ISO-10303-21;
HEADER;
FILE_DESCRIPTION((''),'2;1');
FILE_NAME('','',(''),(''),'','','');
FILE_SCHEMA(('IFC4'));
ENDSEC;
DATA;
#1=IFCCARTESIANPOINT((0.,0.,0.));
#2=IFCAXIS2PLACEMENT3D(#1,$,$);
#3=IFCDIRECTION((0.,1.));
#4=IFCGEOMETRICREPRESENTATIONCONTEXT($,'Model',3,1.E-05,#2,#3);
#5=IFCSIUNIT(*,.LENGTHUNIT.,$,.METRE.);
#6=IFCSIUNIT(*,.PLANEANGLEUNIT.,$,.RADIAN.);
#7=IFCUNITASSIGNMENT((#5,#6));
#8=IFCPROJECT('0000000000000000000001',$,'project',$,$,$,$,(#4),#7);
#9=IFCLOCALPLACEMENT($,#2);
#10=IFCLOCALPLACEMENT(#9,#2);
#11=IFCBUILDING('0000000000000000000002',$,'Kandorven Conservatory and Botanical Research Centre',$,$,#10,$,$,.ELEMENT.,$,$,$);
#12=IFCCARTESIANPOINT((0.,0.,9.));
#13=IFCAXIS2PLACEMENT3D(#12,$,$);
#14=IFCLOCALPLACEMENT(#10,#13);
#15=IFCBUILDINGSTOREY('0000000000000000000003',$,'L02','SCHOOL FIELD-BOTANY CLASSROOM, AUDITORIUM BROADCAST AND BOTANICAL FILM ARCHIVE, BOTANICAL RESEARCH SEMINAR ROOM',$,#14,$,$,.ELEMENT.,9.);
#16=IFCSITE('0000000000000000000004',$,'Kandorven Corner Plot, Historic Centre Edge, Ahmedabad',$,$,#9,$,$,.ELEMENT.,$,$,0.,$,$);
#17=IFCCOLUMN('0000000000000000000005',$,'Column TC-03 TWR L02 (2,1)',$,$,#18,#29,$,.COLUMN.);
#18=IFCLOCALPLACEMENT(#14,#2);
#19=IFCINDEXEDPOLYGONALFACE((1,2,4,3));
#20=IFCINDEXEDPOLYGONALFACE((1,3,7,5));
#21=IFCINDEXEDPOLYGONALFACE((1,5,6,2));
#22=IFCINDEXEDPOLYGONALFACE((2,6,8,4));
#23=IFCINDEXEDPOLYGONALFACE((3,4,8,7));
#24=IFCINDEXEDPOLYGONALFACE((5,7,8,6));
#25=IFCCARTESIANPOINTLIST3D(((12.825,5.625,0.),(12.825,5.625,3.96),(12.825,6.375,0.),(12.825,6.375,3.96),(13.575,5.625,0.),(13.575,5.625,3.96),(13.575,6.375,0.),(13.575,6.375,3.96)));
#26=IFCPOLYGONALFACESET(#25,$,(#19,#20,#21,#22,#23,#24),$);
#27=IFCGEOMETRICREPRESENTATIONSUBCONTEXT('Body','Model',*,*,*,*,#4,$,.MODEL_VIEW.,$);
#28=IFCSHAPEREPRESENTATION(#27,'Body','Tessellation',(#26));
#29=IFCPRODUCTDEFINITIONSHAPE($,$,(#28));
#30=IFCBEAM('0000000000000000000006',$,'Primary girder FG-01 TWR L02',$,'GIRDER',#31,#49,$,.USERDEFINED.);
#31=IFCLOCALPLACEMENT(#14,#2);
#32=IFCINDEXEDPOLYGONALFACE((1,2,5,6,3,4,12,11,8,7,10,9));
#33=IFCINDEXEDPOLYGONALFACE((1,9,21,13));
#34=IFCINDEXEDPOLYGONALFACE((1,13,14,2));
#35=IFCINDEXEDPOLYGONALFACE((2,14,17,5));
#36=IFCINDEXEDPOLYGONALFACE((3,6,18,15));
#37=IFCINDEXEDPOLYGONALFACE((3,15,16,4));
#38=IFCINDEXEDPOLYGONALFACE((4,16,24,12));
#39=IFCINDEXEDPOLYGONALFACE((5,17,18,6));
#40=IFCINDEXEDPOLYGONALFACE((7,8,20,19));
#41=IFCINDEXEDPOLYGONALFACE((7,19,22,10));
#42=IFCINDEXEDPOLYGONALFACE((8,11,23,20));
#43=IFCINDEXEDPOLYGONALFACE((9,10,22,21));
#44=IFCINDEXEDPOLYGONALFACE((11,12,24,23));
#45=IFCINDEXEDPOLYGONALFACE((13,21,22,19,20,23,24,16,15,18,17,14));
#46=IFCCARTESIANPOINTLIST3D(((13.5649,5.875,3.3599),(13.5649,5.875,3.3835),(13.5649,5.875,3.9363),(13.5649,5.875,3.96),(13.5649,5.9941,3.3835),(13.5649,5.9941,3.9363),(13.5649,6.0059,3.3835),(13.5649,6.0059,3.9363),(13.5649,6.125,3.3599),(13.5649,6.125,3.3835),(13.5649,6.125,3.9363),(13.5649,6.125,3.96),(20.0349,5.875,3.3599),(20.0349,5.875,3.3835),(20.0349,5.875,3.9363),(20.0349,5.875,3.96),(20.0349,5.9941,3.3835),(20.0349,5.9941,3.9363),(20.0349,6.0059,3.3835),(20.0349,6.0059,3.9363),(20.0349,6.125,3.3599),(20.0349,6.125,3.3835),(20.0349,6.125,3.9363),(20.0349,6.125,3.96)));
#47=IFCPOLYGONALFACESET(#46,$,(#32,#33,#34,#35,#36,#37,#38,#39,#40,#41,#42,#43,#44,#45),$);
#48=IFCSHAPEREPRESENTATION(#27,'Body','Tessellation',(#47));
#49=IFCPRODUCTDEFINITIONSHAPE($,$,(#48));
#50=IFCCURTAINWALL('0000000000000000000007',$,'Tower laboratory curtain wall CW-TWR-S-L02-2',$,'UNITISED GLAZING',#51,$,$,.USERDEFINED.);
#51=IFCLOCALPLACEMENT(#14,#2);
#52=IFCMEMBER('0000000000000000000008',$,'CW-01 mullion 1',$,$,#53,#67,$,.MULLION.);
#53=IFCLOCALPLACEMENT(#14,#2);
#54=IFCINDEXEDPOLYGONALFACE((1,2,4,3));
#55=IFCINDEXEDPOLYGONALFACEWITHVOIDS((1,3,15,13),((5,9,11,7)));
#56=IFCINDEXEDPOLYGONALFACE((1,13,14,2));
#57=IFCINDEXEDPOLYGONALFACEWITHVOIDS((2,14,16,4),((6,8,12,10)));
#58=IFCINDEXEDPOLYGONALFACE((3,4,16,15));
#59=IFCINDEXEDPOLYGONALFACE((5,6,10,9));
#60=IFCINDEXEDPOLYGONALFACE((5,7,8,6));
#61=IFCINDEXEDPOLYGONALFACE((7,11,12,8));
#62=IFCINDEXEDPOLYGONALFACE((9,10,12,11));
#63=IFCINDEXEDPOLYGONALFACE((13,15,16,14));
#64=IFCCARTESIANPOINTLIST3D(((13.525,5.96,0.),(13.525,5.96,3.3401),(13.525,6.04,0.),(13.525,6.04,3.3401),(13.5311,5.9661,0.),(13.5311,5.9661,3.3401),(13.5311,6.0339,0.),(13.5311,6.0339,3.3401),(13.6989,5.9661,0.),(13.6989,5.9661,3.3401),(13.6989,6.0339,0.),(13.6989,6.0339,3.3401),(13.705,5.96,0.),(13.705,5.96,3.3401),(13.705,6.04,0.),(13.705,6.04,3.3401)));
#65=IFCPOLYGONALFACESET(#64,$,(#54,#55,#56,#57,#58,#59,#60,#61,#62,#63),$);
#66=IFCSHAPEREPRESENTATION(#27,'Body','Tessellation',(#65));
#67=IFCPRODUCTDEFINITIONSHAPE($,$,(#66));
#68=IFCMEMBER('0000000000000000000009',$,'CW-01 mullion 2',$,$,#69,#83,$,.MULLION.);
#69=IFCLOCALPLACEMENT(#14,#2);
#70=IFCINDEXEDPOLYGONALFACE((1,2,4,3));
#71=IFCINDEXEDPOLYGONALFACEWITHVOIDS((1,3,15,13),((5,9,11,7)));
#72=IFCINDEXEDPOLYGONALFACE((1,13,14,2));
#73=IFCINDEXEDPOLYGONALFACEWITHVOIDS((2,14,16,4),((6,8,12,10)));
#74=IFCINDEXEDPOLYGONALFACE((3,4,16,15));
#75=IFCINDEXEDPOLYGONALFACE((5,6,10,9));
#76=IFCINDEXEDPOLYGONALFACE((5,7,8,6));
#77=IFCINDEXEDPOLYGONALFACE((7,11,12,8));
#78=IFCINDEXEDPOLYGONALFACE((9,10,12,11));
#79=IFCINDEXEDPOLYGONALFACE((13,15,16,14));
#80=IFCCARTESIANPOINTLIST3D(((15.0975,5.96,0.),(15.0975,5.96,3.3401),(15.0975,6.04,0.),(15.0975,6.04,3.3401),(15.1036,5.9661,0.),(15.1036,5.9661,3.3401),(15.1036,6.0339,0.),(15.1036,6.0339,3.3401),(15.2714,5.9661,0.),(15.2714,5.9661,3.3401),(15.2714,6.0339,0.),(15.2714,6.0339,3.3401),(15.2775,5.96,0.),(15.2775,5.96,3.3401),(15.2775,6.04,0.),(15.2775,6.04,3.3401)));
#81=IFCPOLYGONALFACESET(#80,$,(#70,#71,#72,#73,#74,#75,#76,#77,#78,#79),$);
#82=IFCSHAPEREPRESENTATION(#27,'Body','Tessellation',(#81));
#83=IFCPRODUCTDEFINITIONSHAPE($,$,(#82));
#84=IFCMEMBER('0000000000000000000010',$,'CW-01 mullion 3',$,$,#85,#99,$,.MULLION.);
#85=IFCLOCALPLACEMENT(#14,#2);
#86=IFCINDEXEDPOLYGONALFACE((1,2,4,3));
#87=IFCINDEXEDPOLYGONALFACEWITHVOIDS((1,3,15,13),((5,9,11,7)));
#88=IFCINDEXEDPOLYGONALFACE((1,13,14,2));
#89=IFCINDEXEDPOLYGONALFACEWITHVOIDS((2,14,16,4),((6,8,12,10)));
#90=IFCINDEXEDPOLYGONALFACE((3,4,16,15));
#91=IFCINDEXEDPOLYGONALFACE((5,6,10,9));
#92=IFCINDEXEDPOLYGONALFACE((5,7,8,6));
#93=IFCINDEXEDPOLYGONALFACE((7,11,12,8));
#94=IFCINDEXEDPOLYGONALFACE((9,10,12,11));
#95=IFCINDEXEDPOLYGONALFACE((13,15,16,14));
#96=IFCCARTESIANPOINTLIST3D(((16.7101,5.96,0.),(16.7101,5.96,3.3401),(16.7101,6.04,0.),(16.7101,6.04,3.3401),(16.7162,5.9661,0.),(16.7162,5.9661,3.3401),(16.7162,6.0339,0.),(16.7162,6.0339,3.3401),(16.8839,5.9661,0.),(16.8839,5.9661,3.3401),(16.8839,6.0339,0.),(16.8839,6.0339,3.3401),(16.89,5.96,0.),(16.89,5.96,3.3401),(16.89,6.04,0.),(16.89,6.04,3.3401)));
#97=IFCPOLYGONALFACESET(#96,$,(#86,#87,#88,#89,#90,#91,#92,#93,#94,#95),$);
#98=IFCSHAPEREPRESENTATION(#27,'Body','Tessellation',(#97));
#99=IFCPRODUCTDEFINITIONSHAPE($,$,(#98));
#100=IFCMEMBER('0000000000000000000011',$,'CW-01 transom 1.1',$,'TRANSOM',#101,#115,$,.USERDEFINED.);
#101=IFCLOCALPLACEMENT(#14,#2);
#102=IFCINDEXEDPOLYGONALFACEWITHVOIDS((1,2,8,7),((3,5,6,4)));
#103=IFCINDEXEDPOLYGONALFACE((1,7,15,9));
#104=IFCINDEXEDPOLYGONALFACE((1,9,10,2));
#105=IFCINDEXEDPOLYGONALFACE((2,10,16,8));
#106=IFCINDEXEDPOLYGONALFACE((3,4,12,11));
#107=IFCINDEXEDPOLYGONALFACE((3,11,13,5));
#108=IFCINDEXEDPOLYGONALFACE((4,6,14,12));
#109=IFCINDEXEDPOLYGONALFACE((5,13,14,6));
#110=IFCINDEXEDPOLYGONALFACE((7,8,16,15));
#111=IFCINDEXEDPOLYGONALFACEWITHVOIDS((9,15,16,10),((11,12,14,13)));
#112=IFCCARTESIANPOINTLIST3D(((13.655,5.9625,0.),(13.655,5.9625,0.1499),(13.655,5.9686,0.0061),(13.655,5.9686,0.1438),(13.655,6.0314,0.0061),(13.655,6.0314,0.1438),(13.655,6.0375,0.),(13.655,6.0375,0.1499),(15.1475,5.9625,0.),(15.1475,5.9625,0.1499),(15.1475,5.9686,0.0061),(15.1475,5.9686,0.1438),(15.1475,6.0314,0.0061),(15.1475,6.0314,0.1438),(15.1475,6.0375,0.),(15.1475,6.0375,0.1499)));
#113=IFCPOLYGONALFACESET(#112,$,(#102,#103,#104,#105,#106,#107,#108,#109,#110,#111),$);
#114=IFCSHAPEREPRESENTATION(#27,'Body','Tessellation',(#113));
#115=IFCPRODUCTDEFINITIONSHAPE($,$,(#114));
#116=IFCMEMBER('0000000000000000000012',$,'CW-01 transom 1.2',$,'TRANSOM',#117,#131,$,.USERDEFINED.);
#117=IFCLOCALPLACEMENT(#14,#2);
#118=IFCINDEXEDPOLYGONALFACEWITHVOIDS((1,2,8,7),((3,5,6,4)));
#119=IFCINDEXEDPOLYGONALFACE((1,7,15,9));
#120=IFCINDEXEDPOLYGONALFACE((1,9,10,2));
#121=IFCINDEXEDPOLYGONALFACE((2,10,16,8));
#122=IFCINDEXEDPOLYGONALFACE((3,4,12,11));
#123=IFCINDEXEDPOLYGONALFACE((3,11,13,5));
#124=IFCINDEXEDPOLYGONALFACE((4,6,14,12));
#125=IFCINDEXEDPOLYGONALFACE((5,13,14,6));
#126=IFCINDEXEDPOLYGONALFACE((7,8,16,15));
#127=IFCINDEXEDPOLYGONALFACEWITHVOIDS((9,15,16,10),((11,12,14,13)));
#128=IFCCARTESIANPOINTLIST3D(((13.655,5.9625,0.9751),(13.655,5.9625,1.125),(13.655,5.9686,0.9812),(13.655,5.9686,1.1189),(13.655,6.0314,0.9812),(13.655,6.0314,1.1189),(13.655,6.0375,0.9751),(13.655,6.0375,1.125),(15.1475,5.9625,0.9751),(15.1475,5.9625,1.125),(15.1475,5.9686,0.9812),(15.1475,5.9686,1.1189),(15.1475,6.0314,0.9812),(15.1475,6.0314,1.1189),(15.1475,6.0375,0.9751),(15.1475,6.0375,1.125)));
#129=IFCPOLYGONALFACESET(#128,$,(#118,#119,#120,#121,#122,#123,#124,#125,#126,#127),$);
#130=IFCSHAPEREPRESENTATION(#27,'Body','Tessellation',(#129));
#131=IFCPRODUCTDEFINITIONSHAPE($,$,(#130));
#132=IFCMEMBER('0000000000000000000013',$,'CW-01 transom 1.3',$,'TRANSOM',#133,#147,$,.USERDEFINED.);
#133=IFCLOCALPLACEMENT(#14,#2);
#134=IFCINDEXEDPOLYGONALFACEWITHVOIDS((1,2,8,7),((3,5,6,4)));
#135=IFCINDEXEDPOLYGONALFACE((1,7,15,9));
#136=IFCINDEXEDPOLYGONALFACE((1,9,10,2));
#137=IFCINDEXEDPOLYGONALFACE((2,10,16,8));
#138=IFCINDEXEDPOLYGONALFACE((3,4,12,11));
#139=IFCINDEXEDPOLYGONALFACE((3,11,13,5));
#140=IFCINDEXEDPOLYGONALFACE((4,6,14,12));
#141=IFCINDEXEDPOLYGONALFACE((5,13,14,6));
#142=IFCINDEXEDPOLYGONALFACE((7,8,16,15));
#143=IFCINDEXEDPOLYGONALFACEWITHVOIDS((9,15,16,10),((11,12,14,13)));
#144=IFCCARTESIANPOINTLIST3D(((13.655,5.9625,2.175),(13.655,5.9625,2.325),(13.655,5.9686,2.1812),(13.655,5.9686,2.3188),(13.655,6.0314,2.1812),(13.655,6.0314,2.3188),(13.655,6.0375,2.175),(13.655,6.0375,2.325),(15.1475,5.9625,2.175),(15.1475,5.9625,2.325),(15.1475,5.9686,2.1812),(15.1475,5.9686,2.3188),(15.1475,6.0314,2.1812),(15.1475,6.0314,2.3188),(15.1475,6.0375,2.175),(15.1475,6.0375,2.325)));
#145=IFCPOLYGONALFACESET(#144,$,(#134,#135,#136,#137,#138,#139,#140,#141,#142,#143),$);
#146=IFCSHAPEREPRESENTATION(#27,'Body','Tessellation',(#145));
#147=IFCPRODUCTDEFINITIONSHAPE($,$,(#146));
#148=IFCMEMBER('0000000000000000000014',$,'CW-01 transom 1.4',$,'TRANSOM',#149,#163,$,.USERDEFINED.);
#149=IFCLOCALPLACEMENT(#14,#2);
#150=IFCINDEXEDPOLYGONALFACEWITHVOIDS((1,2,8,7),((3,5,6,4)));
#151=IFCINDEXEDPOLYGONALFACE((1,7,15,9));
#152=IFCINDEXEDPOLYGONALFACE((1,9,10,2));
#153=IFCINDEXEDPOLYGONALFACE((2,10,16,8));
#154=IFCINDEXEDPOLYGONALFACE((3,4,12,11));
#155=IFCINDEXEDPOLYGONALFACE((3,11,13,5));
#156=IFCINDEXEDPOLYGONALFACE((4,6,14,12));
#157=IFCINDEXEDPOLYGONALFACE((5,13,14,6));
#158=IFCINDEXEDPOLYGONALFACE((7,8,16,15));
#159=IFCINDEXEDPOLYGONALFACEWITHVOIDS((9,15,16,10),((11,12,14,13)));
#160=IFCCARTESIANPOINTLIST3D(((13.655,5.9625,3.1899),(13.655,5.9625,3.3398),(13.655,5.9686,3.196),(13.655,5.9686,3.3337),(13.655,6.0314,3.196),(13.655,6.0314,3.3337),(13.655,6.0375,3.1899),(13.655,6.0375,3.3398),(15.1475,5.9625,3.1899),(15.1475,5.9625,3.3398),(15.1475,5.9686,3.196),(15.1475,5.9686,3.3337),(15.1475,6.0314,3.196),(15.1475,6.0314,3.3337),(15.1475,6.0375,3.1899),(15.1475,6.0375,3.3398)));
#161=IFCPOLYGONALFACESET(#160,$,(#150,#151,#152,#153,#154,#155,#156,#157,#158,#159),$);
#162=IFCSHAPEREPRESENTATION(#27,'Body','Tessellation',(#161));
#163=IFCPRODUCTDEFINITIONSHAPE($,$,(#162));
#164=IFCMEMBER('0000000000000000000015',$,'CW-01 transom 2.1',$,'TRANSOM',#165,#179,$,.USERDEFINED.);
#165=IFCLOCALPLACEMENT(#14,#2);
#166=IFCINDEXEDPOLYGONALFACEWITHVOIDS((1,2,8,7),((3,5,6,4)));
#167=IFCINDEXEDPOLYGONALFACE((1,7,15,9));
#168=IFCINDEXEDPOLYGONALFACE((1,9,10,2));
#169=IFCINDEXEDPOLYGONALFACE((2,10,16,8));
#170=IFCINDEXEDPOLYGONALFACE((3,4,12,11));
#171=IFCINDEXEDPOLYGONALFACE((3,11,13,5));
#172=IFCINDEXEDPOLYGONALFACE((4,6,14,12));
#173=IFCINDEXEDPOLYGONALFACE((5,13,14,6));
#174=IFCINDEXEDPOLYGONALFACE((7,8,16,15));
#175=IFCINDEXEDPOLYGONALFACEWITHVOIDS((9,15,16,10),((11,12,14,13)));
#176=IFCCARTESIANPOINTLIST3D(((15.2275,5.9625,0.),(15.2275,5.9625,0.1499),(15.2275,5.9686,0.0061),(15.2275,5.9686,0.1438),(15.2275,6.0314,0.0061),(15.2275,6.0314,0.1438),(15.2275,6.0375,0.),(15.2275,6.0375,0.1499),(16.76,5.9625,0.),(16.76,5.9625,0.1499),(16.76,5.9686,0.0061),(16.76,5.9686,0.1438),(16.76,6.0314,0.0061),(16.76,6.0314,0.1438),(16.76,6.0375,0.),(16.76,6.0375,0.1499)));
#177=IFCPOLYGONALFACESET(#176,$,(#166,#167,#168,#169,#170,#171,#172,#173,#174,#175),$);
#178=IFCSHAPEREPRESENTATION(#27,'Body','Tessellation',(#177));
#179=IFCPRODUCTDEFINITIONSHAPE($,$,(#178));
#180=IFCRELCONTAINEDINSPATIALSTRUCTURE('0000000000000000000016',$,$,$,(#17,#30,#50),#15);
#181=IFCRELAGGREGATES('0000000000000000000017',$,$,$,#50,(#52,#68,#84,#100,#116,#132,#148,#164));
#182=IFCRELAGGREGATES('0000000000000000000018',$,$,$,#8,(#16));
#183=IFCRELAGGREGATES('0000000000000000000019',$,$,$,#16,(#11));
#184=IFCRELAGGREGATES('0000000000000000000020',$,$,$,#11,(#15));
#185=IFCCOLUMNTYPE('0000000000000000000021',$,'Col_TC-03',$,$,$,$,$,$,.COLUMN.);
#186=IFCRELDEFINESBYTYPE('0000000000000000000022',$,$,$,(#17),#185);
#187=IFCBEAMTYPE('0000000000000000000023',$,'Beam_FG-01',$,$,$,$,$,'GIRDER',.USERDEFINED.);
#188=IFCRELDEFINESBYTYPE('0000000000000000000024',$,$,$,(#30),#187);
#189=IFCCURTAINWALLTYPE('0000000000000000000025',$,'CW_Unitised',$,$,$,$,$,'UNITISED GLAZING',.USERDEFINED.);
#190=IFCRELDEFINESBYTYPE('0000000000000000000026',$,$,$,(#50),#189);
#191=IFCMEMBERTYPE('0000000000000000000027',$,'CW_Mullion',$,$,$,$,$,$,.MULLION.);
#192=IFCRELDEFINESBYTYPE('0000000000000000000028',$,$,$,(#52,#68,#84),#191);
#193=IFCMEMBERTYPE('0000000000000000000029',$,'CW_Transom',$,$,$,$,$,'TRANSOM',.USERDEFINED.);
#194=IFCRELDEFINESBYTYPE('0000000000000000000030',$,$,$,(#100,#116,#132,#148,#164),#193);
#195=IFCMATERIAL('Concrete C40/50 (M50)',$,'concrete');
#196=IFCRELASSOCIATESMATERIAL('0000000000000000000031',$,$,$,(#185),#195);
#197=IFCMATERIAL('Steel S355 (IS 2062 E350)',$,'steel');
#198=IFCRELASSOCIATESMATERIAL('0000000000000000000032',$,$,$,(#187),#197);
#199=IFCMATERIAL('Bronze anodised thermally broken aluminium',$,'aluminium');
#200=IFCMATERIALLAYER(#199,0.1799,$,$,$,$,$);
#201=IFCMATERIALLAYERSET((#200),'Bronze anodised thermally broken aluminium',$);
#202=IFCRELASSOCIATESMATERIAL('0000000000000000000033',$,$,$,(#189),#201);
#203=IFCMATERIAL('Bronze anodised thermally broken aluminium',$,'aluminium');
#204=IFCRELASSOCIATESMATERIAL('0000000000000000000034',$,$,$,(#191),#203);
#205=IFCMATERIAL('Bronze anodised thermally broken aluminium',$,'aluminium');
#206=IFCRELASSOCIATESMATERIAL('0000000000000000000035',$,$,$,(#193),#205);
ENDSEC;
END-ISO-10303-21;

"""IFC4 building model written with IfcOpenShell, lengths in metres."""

from ifc_helpers import new_model, si_unit, direction, frame, origin, origin_2d, place, context, subcontext, project, spatial, rectangle, hollow_rectangle, i_section, extrude, material, layer, layer_set, material_profile, profile_set, type_object, element, aggregate, save


model = new_model("IFC4")

# Units and contexts
model_context = context("Model", 3, precision=1e-05, world=origin(), true_north=direction((0.0, 1.0)))
body_context = subcontext(model_context, "Body", "Model", "MODEL_VIEW")
ifc_project = project(units=[si_unit("LENGTHUNIT", "METRE"), si_unit("PLANEANGLEUNIT", "RADIAN")], contexts=[model_context])

# Site, building, storey
site_placement = place(None, origin())
site = spatial("IfcSite", under=ifc_project, at=site_placement, Name="Kandorven Corner Plot, Historic Centre Edge, Ahmedabad", CompositionType="ELEMENT", RefElevation=0.0)
building_placement = place(site_placement, origin())
building = spatial("IfcBuilding", under=site, at=building_placement, Name="Kandorven Conservatory and Botanical Research Centre", CompositionType="ELEMENT")
storey_placement = place(building_placement, frame((0.0, 0.0, 9.0)))
storey = spatial("IfcBuildingStorey", under=building, at=storey_placement, Name="L02", Description="SCHOOL FIELD-BOTANY CLASSROOM, AUDITORIUM BROADCAST AND BOTANICAL FILM ARCHIVE, BOTANICAL RESEARCH SEMINAR ROOM", CompositionType="ELEMENT", Elevation=9.0)

# Column
ifc_material_1 = material(Name="Concrete C40/50 (M50)", Category="concrete")
ifc_material_profile_1 = material_profile(ifc_material_1, rectangle(XDim=0.75, YDim=0.75, at=origin_2d()))
ifc_profile_set_1 = profile_set([ifc_material_profile_1], Name="Concrete C40/50 (M50)")
column_type = type_object("IfcColumnType", Name="Col_TC-03", PredefinedType="COLUMN", material=ifc_profile_set_1)
column_placement = place(storey_placement, frame((13.2, 6.0, 0.0), z_axis=(0.0, 0.0, 1.0), x_axis=(1.0, 0.0, 0.0)))
element("IfcColumn", 1, at=column_placement, inside=storey, type_object=column_type, Name="Column TC-03 TWR L02 (2,1)", PredefinedType="COLUMN", context=body_context, shape_type="SweptSolid", body=[
    extrude(rectangle(XDim=0.75, YDim=0.75, at=origin_2d()), origin(), (0.0, 0.0, 1.0), 3.96),
])

# Beam
ifc_material_2 = material(Name="Steel S355 (IS 2062 E350)", Category="steel")
ifc_material_profile_2 = material_profile(ifc_material_2, i_section(OverallWidth=0.25, OverallDepth=0.6001, WebThickness=0.0117, FlangeThickness=0.0237, at=origin_2d()))
ifc_profile_set_2 = profile_set([ifc_material_profile_2], Name="Steel S355 (IS 2062 E350)")
beam_type = type_object("IfcBeamType", Name="Beam_FG-01", ElementType="GIRDER", PredefinedType="USERDEFINED", material=ifc_profile_set_2)
beam_placement = place(storey_placement, frame((13.5649, 6.0, 3.6599), z_axis=(1.0, 0.0, 0.0), x_axis=(0.0, 1.0, 0.0)))
element("IfcBeam", 2, at=beam_placement, inside=storey, type_object=beam_type, Name="Primary girder FG-01 TWR L02", ObjectType="GIRDER", PredefinedType="USERDEFINED", context=body_context, shape_type="SweptSolid", body=[
    extrude(i_section(OverallWidth=0.25, OverallDepth=0.6001, WebThickness=0.0117, FlangeThickness=0.0237, at=origin_2d()), origin(), (0.0, 0.0, 1.0), 6.47),
])

# Curtain wall, members
ifc_material_3 = material(Name="Bronze anodised thermally broken aluminium", Category="aluminium")
ifc_layer_1 = layer(ifc_material_3, 0.1799)
ifc_layer_set_1 = layer_set([ifc_layer_1], Name="Bronze anodised thermally broken aluminium")
curtain_wall_type = type_object("IfcCurtainWallType", Name="CW_Unitised", ElementType="UNITISED GLAZING", PredefinedType="USERDEFINED", material=ifc_layer_set_1)
curtain_wall_placement = place(storey_placement, origin())
curtain_wall = element("IfcCurtainWall", 3, at=curtain_wall_placement, inside=storey, type_object=curtain_wall_type, Name="Tower laboratory curtain wall CW-TWR-S-L02-2", ObjectType="UNITISED GLAZING", PredefinedType="USERDEFINED")
ifc_material_4 = material(Name="Bronze anodised thermally broken aluminium", Category="aluminium")
ifc_material_profile_3 = material_profile(ifc_material_4, hollow_rectangle(XDim=0.0801, YDim=0.1799, WallThickness=0.0061, at=origin_2d()))
ifc_profile_set_3 = profile_set([ifc_material_profile_3], Name="Bronze anodised thermally broken aluminium")
member_type_1 = type_object("IfcMemberType", Name="CW_Mullion", PredefinedType="MULLION", material=ifc_profile_set_3)
member_1_placement = place(storey_placement, frame((13.615, 6.0, 0.0), z_axis=(0.0, 0.0, 1.0), x_axis=(0.0, 1.0, 0.0)))
member_1 = element("IfcMember", 4, at=member_1_placement, type_object=member_type_1, Name="CW-01 mullion 1", PredefinedType="MULLION", context=body_context, shape_type="SweptSolid", body=[
    extrude(hollow_rectangle(XDim=0.0801, YDim=0.1799, WallThickness=0.0061, at=origin_2d()), origin(), (0.0, 0.0, 1.0), 3.3401),
])
member_2_placement = place(storey_placement, frame((15.1875, 6.0, 0.0), z_axis=(0.0, 0.0, 1.0), x_axis=(0.0, 1.0, 0.0)))
member_2 = element("IfcMember", 5, at=member_2_placement, type_object=member_type_1, Name="CW-01 mullion 2", PredefinedType="MULLION", context=body_context, shape_type="SweptSolid", body=[
    extrude(hollow_rectangle(XDim=0.0801, YDim=0.1799, WallThickness=0.0061, at=origin_2d()), origin(), (0.0, 0.0, 1.0), 3.3401),
])
member_3_placement = place(storey_placement, frame((16.8, 6.0, 0.0), z_axis=(0.0, 0.0, 1.0), x_axis=(0.0, 1.0, 0.0)))
member_3 = element("IfcMember", 6, at=member_3_placement, type_object=member_type_1, Name="CW-01 mullion 3", PredefinedType="MULLION", context=body_context, shape_type="SweptSolid", body=[
    extrude(hollow_rectangle(XDim=0.0801, YDim=0.1799, WallThickness=0.0061, at=origin_2d()), origin(), (0.0, 0.0, 1.0), 3.3401),
])
ifc_material_5 = material(Name="Bronze anodised thermally broken aluminium", Category="aluminium")
ifc_material_profile_4 = material_profile(ifc_material_5, hollow_rectangle(XDim=0.075, YDim=0.1499, WallThickness=0.0061, at=origin_2d()))
ifc_profile_set_4 = profile_set([ifc_material_profile_4], Name="Bronze anodised thermally broken aluminium")
member_type_2 = type_object("IfcMemberType", Name="CW_Transom", ElementType="TRANSOM", PredefinedType="USERDEFINED", material=ifc_profile_set_4)
member_4_placement = place(storey_placement, frame((13.655, 6.0, 0.075), z_axis=(1.0, 0.0, 0.0), x_axis=(0.0, 1.0, 0.0)))
member_4 = element("IfcMember", 7, at=member_4_placement, type_object=member_type_2, Name="CW-01 transom 1.1", ObjectType="TRANSOM", PredefinedType="USERDEFINED", context=body_context, shape_type="SweptSolid", body=[
    extrude(hollow_rectangle(XDim=0.075, YDim=0.1499, WallThickness=0.0061, at=origin_2d()), origin(), (0.0, 0.0, 1.0), 1.4924),
])
member_5_placement = place(storey_placement, frame((13.655, 6.0, 1.05), z_axis=(1.0, 0.0, 0.0), x_axis=(0.0, 1.0, 0.0)))
member_5 = element("IfcMember", 8, at=member_5_placement, type_object=member_type_2, Name="CW-01 transom 1.2", ObjectType="TRANSOM", PredefinedType="USERDEFINED", context=body_context, shape_type="SweptSolid", body=[
    extrude(hollow_rectangle(XDim=0.075, YDim=0.1499, WallThickness=0.0061, at=origin_2d()), origin(), (0.0, 0.0, 1.0), 1.4924),
])
member_6_placement = place(storey_placement, frame((13.655, 6.0, 2.25), z_axis=(1.0, 0.0, 0.0), x_axis=(0.0, 1.0, 0.0)))
member_6 = element("IfcMember", 9, at=member_6_placement, type_object=member_type_2, Name="CW-01 transom 1.3", ObjectType="TRANSOM", PredefinedType="USERDEFINED", context=body_context, shape_type="SweptSolid", body=[
    extrude(hollow_rectangle(XDim=0.075, YDim=0.1499, WallThickness=0.0061, at=origin_2d()), origin(), (0.0, 0.0, 1.0), 1.4924),
])
member_7_placement = place(storey_placement, frame((13.655, 6.0, 3.2649), z_axis=(1.0, 0.0, 0.0), x_axis=(0.0, 1.0, 0.0)))
member_7 = element("IfcMember", 10, at=member_7_placement, type_object=member_type_2, Name="CW-01 transom 1.4", ObjectType="TRANSOM", PredefinedType="USERDEFINED", context=body_context, shape_type="SweptSolid", body=[
    extrude(hollow_rectangle(XDim=0.075, YDim=0.1499, WallThickness=0.0061, at=origin_2d()), origin(), (0.0, 0.0, 1.0), 1.4924),
])
member_8_placement = place(storey_placement, frame((15.2275, 6.0, 0.075), z_axis=(1.0, 0.0, 0.0), x_axis=(0.0, 1.0, 0.0)))
member_8 = element("IfcMember", 11, at=member_8_placement, type_object=member_type_2, Name="CW-01 transom 2.1", ObjectType="TRANSOM", PredefinedType="USERDEFINED", context=body_context, shape_type="SweptSolid", body=[
    extrude(hollow_rectangle(XDim=0.075, YDim=0.1499, WallThickness=0.0061, at=origin_2d()), origin(), (0.0, 0.0, 1.0), 1.5325),
])

aggregate(curtain_wall, [member_1, member_2, member_3, member_4, member_5, member_6, member_7, member_8])

save(model, "model.ifc")
